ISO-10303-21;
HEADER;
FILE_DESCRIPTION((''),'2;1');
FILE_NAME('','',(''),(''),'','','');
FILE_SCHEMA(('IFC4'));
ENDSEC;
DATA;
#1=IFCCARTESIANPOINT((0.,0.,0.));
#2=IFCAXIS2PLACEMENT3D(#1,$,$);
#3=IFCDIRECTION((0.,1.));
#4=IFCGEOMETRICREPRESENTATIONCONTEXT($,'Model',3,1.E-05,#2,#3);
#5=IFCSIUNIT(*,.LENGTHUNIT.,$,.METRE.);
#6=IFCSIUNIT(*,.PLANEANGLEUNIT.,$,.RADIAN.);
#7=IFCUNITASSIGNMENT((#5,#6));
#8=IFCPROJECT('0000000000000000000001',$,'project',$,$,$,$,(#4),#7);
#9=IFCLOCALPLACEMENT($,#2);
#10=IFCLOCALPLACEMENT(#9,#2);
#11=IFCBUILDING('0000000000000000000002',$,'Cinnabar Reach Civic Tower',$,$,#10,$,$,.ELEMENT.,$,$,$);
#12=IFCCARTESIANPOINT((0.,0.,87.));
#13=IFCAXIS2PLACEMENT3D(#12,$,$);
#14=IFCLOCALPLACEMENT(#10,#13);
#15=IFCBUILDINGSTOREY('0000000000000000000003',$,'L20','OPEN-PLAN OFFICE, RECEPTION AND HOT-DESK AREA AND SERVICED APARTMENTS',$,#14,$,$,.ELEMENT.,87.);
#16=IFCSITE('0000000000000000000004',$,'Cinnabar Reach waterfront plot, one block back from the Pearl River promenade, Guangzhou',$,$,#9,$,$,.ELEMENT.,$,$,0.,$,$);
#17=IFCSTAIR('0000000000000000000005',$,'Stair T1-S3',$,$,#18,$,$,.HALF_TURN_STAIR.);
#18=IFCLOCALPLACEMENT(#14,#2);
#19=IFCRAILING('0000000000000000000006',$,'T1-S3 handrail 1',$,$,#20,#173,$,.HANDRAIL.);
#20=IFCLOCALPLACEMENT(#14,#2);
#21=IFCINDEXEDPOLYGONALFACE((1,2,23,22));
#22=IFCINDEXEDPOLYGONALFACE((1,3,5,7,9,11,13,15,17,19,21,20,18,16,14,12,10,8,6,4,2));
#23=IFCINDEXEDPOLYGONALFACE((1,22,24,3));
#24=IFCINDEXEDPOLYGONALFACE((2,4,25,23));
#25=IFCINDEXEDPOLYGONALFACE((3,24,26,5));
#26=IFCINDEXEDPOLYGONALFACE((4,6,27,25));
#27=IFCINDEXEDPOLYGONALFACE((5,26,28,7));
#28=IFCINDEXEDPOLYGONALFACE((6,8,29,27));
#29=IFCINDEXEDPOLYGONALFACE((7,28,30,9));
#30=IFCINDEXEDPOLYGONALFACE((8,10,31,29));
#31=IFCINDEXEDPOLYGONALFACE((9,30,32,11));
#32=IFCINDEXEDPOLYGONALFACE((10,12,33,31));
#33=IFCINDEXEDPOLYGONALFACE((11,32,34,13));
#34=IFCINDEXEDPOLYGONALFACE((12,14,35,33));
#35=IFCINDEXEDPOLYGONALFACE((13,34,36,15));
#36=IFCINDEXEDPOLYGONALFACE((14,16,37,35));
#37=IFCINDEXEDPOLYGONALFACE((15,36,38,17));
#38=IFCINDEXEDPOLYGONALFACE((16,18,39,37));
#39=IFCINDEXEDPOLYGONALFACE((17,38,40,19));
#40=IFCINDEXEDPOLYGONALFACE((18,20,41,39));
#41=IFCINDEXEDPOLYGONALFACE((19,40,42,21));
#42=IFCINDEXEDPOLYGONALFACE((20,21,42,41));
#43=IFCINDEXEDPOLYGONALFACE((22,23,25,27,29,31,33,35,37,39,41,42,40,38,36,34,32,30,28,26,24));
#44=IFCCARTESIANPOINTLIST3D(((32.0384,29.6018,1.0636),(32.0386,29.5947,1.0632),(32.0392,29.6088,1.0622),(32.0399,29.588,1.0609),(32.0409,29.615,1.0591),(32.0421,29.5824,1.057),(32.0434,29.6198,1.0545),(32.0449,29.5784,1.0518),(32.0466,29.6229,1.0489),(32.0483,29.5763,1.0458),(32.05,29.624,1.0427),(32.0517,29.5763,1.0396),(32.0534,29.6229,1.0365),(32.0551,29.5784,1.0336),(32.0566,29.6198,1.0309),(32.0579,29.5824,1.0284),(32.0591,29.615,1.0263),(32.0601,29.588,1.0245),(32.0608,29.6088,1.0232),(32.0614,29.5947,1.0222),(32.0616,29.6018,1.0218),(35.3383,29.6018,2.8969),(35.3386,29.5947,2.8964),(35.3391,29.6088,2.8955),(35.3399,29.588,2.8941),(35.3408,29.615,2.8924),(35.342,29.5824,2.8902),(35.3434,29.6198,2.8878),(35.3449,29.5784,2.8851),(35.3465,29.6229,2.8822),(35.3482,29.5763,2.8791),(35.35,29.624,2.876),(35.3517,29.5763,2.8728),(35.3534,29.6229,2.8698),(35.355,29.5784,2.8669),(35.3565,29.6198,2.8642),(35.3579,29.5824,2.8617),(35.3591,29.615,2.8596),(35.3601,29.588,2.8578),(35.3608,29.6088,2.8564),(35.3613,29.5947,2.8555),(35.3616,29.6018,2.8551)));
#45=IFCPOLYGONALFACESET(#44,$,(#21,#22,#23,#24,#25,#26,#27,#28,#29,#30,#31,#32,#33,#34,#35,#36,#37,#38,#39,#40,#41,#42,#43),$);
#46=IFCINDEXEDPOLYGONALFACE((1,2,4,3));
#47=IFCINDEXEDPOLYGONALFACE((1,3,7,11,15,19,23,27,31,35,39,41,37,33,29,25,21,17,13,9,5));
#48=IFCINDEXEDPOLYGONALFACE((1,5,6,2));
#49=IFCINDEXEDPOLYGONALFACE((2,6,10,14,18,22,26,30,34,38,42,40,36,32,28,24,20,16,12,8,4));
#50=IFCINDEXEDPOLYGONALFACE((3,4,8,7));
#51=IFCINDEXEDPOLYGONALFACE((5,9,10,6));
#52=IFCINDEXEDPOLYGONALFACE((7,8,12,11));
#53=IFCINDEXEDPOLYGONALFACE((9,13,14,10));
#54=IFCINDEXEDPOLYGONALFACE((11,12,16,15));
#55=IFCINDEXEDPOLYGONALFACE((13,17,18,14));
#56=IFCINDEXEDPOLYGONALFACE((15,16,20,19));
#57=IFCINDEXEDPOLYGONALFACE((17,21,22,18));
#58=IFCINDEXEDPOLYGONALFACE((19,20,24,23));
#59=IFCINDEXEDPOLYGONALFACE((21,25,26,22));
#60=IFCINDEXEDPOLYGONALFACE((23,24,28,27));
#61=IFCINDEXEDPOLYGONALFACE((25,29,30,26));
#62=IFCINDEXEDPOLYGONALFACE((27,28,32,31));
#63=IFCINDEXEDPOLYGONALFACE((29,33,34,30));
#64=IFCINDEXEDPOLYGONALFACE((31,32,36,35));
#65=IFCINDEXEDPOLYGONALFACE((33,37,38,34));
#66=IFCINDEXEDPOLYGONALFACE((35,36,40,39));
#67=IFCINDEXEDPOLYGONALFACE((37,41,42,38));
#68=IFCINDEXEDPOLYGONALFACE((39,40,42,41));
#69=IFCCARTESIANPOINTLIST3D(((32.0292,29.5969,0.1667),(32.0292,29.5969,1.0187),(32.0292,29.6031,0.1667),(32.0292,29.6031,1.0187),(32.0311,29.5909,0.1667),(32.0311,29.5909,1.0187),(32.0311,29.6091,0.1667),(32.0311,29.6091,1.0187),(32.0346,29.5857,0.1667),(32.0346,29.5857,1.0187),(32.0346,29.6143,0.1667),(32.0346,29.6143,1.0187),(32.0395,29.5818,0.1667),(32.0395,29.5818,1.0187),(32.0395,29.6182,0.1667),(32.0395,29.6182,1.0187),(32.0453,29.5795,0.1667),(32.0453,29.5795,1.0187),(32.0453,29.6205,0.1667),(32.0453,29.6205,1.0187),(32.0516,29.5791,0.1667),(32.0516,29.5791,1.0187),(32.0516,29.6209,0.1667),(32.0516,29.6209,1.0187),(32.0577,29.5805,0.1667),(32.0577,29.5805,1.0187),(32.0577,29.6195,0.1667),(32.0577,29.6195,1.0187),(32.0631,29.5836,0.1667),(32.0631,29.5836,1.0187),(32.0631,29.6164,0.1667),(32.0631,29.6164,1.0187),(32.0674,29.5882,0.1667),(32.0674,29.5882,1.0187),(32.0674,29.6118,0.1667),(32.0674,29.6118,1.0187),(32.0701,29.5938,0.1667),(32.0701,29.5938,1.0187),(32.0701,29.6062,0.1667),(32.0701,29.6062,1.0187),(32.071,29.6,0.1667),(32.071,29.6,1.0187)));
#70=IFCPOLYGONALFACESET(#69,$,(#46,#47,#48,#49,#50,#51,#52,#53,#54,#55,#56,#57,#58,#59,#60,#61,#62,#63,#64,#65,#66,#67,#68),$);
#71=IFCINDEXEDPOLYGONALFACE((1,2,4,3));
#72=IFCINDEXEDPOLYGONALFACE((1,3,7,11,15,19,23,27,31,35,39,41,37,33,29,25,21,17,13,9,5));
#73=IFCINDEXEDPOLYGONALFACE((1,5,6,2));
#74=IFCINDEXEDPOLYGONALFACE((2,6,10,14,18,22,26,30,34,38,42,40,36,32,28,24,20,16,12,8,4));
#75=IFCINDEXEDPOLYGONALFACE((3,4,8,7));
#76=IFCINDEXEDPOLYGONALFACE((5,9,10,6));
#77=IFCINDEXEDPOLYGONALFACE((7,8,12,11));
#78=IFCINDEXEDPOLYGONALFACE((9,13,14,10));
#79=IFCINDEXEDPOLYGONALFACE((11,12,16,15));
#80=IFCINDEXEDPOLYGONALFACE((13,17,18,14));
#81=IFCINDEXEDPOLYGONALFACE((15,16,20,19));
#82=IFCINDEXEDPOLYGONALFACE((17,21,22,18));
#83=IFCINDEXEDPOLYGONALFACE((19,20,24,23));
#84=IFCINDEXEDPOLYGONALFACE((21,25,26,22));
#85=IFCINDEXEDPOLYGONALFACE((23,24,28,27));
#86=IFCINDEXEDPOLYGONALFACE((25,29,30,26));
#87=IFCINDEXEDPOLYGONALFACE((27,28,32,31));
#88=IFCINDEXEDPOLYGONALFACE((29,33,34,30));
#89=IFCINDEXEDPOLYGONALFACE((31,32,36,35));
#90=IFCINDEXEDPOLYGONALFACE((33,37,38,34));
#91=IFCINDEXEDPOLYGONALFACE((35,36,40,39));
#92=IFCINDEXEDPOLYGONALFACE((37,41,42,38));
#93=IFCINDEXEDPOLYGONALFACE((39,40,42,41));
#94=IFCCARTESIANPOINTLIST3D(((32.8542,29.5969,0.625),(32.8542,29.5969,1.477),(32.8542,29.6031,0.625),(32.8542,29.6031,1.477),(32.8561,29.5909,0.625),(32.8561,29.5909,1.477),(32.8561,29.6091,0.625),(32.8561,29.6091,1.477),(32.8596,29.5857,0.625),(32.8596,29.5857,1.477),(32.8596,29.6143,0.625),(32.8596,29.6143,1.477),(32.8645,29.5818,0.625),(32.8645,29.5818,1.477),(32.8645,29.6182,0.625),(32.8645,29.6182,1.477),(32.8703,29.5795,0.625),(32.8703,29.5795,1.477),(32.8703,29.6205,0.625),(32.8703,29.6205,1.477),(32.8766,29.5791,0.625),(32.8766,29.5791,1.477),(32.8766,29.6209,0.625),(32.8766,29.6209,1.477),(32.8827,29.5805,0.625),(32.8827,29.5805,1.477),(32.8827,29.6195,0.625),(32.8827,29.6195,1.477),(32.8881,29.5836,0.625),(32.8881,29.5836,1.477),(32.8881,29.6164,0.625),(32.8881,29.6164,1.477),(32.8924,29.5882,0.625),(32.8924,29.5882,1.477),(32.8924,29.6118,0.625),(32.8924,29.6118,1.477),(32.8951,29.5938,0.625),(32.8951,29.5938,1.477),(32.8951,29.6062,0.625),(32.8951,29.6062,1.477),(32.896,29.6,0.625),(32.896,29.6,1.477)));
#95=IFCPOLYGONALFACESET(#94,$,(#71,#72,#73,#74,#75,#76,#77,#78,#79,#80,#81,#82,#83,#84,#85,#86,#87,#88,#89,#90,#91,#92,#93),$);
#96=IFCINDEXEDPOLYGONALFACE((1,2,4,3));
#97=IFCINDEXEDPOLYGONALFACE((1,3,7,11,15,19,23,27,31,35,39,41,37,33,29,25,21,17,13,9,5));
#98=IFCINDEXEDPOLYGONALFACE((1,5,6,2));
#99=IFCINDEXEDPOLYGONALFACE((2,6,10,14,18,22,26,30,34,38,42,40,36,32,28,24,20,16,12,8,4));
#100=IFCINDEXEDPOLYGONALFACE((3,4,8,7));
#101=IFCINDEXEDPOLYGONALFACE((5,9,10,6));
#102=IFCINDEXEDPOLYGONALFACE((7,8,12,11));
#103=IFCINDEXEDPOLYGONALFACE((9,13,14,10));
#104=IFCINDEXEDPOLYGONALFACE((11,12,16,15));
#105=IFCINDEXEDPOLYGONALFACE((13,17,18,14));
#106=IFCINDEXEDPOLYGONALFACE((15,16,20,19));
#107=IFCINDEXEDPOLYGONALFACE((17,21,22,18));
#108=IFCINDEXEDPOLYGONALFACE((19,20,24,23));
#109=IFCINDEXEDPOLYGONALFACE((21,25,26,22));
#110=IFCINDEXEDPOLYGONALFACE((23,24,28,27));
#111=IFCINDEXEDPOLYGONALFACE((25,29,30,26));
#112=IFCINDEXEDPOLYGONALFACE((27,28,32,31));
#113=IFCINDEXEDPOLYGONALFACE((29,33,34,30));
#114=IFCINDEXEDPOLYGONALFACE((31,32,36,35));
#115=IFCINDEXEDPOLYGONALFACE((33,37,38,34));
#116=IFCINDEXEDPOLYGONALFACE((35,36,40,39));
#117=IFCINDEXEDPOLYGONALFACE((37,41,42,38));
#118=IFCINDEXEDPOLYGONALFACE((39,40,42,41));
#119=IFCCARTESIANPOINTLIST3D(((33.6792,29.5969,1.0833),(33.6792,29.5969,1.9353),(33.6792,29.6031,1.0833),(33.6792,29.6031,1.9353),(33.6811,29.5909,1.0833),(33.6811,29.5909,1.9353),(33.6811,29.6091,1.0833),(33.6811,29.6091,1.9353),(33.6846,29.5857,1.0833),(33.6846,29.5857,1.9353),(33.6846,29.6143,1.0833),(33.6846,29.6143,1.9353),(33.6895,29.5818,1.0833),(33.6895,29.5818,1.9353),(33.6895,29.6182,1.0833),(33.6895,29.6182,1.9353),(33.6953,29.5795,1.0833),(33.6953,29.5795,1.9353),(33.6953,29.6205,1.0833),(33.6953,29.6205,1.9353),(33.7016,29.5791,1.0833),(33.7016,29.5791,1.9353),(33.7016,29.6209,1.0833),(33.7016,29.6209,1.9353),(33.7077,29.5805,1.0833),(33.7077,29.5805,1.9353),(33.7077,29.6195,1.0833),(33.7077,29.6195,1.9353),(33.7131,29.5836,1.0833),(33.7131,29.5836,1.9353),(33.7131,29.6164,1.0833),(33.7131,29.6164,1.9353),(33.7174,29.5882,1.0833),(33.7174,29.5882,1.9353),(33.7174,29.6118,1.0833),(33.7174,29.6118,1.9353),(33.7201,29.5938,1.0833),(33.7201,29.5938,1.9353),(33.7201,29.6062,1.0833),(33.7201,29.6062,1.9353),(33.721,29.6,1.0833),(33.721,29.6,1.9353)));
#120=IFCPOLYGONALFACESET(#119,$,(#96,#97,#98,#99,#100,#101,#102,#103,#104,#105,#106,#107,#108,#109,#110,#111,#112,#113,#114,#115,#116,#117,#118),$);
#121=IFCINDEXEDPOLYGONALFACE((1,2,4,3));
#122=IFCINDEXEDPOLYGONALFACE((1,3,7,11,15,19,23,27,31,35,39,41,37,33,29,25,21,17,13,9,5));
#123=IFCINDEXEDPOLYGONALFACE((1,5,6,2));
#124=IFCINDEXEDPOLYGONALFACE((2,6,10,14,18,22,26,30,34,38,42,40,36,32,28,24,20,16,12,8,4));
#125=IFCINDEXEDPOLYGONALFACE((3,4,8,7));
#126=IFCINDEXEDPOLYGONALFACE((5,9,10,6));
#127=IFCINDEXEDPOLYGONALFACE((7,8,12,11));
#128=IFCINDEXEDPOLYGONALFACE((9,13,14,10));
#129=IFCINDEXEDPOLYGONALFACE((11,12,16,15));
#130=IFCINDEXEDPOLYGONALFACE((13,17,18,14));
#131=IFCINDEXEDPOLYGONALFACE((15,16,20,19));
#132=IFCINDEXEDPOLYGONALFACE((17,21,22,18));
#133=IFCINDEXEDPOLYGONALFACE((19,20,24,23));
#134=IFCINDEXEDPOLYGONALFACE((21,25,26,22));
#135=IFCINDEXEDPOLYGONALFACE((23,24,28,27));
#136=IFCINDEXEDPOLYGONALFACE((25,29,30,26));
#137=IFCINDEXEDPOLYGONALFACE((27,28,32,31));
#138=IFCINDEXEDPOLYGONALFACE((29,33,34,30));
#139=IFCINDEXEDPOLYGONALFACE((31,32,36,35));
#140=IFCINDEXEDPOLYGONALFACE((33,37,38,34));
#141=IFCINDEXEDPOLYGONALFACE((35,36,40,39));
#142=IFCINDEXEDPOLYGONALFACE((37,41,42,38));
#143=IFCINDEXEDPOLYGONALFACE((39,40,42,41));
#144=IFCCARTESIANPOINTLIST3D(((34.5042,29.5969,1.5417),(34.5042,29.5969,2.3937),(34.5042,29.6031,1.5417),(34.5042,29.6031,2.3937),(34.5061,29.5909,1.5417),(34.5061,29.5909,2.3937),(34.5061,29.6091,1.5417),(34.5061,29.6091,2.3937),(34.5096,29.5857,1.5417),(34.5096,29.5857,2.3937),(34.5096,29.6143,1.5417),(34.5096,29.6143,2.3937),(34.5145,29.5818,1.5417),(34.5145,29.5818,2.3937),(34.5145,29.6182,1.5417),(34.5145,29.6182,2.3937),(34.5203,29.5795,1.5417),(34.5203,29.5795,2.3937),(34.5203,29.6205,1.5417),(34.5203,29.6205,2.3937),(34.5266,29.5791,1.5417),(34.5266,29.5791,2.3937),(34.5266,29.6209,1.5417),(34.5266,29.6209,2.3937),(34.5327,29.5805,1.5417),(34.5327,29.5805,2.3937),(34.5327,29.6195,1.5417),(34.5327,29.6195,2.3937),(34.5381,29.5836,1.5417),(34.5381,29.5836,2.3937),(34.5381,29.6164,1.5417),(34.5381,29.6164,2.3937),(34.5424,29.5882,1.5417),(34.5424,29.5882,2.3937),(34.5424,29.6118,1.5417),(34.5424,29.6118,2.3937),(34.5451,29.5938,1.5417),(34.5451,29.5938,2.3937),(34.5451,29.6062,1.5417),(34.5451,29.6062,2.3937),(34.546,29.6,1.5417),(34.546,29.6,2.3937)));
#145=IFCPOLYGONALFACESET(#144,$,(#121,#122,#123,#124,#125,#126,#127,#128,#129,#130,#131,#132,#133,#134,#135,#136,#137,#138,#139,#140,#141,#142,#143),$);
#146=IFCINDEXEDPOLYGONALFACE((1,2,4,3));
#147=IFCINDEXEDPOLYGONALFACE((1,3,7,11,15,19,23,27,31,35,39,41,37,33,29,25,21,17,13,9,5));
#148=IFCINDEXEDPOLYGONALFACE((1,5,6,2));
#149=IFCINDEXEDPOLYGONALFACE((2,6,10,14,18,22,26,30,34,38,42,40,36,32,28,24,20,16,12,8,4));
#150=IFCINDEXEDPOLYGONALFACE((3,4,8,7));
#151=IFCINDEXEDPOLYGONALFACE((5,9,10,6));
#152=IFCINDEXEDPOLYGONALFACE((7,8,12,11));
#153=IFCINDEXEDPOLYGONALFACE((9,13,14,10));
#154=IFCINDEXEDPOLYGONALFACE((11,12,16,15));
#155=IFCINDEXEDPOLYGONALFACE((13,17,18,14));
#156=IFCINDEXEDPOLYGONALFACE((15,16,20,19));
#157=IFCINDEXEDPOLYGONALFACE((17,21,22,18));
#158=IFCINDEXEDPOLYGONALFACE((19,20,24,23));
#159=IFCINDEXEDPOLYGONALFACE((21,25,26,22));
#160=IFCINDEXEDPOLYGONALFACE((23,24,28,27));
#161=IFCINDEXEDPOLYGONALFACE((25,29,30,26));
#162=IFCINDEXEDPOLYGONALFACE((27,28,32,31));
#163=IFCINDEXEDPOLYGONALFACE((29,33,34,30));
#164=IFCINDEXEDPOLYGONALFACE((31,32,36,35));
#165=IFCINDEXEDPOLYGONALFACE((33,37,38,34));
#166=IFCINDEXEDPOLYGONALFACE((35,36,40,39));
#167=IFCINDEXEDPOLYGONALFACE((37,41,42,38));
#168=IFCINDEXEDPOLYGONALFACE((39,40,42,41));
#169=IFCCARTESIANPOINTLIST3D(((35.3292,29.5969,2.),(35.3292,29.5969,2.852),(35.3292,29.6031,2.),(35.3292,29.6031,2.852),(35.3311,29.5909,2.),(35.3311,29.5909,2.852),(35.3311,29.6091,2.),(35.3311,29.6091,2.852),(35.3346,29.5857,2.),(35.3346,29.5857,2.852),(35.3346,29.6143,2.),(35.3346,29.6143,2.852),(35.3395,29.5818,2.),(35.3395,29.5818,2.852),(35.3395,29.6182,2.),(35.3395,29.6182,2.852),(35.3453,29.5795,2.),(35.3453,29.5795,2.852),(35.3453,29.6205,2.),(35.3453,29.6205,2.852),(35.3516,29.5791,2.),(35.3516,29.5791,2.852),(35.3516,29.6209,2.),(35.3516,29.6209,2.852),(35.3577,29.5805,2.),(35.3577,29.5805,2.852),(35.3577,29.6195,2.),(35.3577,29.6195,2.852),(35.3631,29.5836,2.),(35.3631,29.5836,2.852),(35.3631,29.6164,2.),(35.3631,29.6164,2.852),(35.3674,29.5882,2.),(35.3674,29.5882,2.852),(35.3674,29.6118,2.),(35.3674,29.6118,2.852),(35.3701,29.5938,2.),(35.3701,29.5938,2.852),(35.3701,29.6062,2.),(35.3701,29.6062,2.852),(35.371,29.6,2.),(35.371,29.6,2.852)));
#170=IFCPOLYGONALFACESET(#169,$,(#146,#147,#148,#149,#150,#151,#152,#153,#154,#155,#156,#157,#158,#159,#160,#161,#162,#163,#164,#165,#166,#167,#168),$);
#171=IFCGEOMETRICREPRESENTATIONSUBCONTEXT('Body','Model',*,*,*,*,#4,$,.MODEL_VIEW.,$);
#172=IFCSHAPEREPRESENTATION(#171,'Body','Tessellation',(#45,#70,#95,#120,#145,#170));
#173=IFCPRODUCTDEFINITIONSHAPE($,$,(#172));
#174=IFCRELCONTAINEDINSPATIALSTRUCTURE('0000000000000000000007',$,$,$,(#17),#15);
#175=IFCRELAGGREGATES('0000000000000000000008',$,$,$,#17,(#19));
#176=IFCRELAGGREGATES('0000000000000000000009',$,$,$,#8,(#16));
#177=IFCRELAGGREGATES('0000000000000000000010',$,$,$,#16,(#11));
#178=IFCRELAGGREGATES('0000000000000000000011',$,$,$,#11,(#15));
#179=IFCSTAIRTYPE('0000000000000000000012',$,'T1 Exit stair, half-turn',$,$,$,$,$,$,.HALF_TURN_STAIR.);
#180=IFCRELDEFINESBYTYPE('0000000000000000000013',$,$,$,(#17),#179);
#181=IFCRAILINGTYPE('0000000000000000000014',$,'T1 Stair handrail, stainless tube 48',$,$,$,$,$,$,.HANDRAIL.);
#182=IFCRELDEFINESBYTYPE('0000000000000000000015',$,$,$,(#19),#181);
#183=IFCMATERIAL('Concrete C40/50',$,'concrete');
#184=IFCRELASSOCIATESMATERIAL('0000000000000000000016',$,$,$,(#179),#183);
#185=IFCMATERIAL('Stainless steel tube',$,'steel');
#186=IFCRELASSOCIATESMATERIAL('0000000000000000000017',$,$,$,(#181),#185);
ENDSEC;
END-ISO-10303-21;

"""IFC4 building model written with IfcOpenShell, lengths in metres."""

from ifc_helpers import new_model, si_unit, direction, frame, origin, origin_2d, place, context, subcontext, project, spatial, circle, extrude, material, type_object, element, aggregate, save


model = new_model("IFC4")

# Units and contexts
model_context = context("Model", 3, precision=1e-05, world=origin(), true_north=direction((0.0, 1.0)))
body_context = subcontext(model_context, "Body", "Model", "MODEL_VIEW")
ifc_project = project(units=[si_unit("LENGTHUNIT", "METRE"), si_unit("PLANEANGLEUNIT", "RADIAN")], contexts=[model_context])

# Site, building, storey
site_placement = place(None, origin())
site = spatial("IfcSite", under=ifc_project, at=site_placement, Name="Cinnabar Reach waterfront plot, one block back from the Pearl River promenade, Guangzhou", CompositionType="ELEMENT", RefElevation=0.0)
building_placement = place(site_placement, origin())
building = spatial("IfcBuilding", under=site, at=building_placement, Name="Cinnabar Reach Civic Tower", CompositionType="ELEMENT")
storey_placement = place(building_placement, frame((0.0, 0.0, 87.0)))
storey = spatial("IfcBuildingStorey", under=building, at=storey_placement, Name="L20", Description="OPEN-PLAN OFFICE, RECEPTION AND HOT-DESK AREA AND SERVICED APARTMENTS", CompositionType="ELEMENT", Elevation=87.0)

# Stair, railing
ifc_material_1 = material(Name="Concrete C40/50", Category="concrete")
stair_type = type_object("IfcStairType", Name="T1 Exit stair, half-turn", PredefinedType="HALF_TURN_STAIR", material=ifc_material_1)
stair_placement = place(storey_placement, origin())
stair = element("IfcStair", 1, at=stair_placement, inside=storey, type_object=stair_type, Name="Stair T1-S3", PredefinedType="HALF_TURN_STAIR")
ifc_material_2 = material(Name="Stainless steel tube", Category="steel")
railing_type = type_object("IfcRailingType", Name="T1 Stair handrail, stainless tube 48", PredefinedType="HANDRAIL", material=ifc_material_2)
railing_1_placement = place(storey_placement, frame((32.05, 29.6, 0.1667)))
railing_1 = element("IfcRailing", 2, at=railing_1_placement, type_object=railing_type, Name="T1-S3 handrail 1", PredefinedType="HANDRAIL", context=body_context, shape_type="SweptSolid", body=[
    extrude(circle(Radius=0.024, at=origin_2d()), frame((0.0, 0.0, 0.876), z_axis=(0.874161, 0.0, 0.485636), x_axis=(0.0, 1.0, 0.0)), (0.0, 0.0, 1.0), 3.775),
    extrude(circle(Radius=0.021, at=origin_2d()), origin(), (0.0, 0.0, 1.0), 0.852),
    extrude(circle(Radius=0.021, at=origin_2d()), frame((0.825, 0.0, 0.4583)), (0.0, 0.0, 1.0), 0.852),
    extrude(circle(Radius=0.021, at=origin_2d()), frame((1.65, 0.0, 0.9166)), (0.0, 0.0, 1.0), 0.852),
    extrude(circle(Radius=0.021, at=origin_2d()), frame((2.475, 0.0, 1.375)), (0.0, 0.0, 1.0), 0.852),
    extrude(circle(Radius=0.021, at=origin_2d()), frame((3.3, 0.0, 1.8333)), (0.0, 0.0, 1.0), 0.852),
])
aggregate(stair, [railing_1])

save(model, "model.ifc")
